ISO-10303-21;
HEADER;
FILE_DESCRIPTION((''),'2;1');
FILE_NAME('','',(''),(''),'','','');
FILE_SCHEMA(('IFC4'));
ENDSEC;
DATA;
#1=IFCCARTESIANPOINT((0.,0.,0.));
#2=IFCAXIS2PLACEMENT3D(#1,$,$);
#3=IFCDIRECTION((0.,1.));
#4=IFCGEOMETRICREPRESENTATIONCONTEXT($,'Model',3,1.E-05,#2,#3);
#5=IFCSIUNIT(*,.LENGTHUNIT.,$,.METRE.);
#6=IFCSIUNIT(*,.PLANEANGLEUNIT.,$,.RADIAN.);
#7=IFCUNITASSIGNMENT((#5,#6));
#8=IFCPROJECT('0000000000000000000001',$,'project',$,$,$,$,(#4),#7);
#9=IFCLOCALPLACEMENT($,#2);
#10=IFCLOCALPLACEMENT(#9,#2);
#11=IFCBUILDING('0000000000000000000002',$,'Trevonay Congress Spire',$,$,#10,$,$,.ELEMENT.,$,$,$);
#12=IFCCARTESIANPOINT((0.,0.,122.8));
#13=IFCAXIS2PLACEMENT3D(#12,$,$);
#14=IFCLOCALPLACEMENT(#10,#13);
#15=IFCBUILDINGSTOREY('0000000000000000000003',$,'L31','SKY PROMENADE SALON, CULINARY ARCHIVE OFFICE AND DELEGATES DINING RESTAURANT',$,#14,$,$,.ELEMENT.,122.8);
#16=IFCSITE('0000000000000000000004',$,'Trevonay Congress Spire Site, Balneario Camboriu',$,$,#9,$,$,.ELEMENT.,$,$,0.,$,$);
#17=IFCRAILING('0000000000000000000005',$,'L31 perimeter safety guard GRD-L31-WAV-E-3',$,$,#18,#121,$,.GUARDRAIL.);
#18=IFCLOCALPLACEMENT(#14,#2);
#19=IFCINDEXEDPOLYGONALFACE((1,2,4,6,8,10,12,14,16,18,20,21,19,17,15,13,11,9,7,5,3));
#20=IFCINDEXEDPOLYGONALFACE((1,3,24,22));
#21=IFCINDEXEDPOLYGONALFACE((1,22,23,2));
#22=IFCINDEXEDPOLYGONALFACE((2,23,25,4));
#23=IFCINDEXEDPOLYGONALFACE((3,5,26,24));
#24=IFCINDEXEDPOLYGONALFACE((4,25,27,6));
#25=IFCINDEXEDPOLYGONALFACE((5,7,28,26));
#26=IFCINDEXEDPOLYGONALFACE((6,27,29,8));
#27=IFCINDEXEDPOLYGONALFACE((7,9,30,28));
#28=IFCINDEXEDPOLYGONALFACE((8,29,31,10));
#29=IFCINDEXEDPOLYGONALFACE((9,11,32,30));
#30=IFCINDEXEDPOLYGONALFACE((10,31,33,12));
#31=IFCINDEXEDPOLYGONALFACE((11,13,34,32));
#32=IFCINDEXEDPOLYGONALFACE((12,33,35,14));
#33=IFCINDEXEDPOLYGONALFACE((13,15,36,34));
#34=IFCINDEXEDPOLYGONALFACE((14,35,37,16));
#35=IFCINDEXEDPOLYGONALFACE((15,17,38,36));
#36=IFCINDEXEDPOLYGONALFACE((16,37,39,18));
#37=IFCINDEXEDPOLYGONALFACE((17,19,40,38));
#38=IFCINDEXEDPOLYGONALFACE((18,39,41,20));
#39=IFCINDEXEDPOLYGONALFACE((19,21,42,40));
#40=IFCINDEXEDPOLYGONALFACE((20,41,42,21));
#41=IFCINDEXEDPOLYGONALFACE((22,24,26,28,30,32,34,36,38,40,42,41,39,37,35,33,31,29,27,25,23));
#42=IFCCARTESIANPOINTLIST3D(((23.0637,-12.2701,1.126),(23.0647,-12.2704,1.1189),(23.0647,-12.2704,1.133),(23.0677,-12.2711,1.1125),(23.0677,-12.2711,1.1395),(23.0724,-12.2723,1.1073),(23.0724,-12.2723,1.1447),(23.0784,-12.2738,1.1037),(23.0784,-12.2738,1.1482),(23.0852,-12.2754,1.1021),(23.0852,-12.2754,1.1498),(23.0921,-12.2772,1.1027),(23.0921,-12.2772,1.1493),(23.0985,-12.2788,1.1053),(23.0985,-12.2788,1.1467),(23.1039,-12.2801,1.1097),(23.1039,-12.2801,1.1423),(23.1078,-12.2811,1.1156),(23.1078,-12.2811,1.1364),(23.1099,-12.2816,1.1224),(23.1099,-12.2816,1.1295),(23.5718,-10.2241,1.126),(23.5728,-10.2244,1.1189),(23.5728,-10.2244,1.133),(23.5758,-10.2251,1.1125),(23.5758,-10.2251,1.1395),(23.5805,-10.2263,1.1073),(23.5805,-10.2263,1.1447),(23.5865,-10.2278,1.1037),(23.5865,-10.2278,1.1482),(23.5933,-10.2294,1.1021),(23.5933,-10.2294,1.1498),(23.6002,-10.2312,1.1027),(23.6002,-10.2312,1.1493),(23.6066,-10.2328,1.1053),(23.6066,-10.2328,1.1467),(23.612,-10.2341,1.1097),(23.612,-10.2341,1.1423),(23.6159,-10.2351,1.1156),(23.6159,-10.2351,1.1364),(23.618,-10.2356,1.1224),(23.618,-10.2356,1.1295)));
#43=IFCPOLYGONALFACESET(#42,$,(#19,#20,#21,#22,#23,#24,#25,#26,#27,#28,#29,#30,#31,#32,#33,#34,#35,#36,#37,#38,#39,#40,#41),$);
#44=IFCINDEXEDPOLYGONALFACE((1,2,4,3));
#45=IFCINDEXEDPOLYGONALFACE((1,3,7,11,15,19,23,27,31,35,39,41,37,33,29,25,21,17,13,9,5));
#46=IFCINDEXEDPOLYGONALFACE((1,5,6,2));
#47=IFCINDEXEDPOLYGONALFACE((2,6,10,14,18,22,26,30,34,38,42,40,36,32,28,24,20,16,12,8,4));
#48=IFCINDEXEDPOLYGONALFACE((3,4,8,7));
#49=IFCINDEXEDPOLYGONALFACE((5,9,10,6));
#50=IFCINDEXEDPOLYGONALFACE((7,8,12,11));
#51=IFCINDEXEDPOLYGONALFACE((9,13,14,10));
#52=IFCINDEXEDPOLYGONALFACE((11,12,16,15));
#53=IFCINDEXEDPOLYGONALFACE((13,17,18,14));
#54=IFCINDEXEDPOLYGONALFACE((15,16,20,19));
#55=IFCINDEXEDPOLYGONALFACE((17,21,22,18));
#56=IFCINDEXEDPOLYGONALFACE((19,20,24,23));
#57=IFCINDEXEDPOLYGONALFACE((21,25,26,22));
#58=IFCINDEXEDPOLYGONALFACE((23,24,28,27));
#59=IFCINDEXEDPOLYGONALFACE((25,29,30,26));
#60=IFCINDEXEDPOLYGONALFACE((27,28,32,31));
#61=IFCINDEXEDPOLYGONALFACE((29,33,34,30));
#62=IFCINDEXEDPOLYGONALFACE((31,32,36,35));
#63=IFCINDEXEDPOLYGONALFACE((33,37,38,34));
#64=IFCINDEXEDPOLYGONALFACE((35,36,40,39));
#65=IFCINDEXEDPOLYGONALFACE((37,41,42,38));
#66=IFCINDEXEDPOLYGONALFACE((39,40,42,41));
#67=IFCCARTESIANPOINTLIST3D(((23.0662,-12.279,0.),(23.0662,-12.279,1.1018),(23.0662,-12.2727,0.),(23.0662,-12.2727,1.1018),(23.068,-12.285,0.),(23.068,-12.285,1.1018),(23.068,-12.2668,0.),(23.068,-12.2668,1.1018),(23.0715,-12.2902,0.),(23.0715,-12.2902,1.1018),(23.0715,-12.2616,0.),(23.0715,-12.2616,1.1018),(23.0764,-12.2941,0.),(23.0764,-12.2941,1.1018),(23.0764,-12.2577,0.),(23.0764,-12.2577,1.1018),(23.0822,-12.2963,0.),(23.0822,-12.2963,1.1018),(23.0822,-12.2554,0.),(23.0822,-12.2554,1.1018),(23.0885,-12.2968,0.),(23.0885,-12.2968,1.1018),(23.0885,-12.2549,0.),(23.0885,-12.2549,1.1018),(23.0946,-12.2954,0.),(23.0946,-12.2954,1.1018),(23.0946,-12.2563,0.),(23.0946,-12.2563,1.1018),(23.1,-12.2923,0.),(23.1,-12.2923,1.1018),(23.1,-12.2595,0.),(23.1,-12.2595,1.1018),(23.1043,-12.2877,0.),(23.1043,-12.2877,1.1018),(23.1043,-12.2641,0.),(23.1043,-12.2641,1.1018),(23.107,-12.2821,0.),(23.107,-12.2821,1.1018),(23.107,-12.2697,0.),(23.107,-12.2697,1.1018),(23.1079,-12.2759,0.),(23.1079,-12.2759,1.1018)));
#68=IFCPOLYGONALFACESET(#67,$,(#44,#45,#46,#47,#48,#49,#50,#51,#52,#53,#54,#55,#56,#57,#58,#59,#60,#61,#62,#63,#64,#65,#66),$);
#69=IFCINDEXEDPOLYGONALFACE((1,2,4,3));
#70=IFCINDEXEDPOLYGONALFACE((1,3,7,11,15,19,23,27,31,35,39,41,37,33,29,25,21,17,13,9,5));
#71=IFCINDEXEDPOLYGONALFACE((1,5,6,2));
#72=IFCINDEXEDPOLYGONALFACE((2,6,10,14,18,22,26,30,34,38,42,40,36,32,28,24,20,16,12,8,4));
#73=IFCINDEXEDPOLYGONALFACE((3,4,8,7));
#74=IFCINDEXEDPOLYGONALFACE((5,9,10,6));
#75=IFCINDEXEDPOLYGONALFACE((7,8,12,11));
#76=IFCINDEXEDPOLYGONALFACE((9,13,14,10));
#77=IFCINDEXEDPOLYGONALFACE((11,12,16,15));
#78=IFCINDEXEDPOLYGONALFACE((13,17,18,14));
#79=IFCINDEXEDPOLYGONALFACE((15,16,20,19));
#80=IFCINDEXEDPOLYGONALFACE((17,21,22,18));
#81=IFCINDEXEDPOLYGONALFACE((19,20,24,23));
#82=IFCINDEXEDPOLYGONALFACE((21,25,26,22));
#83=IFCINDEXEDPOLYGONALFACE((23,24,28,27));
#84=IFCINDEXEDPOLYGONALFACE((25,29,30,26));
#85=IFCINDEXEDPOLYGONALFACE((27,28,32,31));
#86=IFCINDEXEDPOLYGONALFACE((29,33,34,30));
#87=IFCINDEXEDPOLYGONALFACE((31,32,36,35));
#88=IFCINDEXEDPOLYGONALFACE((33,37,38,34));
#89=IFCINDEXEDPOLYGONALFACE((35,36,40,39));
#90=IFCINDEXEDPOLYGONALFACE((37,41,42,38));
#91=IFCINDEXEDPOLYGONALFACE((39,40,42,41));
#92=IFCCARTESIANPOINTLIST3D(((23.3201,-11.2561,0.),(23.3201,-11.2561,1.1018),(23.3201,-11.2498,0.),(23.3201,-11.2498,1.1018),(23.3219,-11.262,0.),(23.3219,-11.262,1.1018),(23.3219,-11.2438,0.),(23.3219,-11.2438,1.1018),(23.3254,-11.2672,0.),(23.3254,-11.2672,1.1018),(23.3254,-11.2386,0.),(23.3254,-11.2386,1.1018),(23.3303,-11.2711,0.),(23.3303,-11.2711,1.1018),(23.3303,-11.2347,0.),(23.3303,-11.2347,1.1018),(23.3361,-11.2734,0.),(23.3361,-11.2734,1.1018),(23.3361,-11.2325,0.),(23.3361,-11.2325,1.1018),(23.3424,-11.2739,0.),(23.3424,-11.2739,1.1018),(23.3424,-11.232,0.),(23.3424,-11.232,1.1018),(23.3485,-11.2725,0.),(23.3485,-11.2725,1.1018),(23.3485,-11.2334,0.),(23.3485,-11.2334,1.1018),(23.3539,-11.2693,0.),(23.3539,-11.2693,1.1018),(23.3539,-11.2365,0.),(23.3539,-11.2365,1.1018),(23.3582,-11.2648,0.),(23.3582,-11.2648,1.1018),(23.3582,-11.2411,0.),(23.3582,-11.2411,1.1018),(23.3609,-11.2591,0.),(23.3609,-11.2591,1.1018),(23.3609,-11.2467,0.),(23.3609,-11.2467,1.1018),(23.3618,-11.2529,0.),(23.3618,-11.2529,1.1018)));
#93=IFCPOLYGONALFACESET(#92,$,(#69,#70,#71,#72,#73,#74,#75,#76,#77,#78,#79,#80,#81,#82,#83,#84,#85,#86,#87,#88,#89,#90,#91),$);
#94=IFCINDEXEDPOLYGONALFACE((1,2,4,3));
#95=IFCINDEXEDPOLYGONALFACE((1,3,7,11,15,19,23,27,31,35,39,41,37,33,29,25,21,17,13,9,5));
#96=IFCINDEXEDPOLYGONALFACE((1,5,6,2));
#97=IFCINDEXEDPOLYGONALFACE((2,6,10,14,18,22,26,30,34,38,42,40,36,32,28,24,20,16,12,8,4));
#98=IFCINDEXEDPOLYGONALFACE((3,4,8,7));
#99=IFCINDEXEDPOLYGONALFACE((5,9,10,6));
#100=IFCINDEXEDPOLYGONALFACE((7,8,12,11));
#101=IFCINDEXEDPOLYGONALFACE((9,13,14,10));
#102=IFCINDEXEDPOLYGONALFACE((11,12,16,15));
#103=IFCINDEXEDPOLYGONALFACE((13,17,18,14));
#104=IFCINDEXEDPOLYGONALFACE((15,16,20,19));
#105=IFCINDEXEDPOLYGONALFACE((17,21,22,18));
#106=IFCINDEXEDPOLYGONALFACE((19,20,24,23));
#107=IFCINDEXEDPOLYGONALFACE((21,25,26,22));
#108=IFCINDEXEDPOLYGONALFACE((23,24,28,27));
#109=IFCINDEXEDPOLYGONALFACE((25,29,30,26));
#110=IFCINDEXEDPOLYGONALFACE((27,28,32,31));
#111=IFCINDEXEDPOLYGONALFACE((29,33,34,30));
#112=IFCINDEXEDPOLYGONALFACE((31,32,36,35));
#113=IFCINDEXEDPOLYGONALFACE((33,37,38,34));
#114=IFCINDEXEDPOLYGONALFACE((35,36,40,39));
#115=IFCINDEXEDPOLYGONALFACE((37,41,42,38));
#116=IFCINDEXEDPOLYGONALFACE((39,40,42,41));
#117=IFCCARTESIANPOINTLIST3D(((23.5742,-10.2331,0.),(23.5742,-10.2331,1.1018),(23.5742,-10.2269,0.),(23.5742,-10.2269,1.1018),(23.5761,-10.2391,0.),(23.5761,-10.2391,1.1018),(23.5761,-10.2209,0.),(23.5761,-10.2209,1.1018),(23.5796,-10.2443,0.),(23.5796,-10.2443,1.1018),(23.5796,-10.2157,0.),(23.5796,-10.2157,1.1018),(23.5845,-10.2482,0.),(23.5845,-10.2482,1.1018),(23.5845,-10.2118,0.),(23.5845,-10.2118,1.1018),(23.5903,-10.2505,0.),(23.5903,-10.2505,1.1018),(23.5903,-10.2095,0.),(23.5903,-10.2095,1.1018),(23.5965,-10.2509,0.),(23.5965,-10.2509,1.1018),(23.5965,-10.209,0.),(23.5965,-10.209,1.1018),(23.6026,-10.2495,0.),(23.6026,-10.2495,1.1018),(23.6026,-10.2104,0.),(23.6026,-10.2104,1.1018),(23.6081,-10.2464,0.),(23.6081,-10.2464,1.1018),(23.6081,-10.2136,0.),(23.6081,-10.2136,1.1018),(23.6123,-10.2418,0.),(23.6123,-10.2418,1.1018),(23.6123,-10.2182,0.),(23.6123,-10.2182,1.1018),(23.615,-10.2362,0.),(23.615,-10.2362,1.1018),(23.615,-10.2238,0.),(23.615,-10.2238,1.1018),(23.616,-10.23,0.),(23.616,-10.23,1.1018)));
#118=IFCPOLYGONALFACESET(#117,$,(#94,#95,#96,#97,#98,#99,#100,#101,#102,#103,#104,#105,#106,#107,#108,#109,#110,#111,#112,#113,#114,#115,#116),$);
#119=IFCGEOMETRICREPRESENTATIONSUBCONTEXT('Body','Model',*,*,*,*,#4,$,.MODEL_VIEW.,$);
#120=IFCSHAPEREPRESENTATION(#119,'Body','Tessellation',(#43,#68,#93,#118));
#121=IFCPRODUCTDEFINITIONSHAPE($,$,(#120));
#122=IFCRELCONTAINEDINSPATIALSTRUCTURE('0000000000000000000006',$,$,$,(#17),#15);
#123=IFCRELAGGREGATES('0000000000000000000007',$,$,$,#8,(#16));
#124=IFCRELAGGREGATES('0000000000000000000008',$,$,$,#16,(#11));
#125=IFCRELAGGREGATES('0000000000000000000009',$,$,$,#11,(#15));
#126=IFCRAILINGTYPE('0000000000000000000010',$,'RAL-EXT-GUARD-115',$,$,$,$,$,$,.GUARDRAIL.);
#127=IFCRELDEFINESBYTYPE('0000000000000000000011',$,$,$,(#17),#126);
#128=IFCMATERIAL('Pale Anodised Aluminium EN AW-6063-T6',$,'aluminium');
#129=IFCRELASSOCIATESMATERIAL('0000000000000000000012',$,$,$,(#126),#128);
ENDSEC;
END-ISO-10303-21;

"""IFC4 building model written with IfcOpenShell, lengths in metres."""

from ifc_helpers import new_model, si_unit, direction, frame, origin, origin_2d, place, context, subcontext, project, spatial, circle, extrude, material, type_object, element, save


model = new_model("IFC4")

# Units and contexts
model_context = context("Model", 3, precision=1e-05, world=origin(), true_north=direction((0.0, 1.0)))
body_context = subcontext(model_context, "Body", "Model", "MODEL_VIEW")
ifc_project = project(units=[si_unit("LENGTHUNIT", "METRE"), si_unit("PLANEANGLEUNIT", "RADIAN")], contexts=[model_context])

# Site, building, storey
site_placement = place(None, origin())
site = spatial("IfcSite", under=ifc_project, at=site_placement, Name="Trevonay Congress Spire Site, Balneario Camboriu", CompositionType="ELEMENT", RefElevation=0.0)
building_placement = place(site_placement, origin())
building = spatial("IfcBuilding", under=site, at=building_placement, Name="Trevonay Congress Spire", CompositionType="ELEMENT")
storey_placement = place(building_placement, frame((0.0, 0.0, 122.8)))
storey = spatial("IfcBuildingStorey", under=building, at=storey_placement, Name="L31", Description="SKY PROMENADE SALON, CULINARY ARCHIVE OFFICE AND DELEGATES DINING RESTAURANT", CompositionType="ELEMENT", Elevation=122.8)

# Shared definitions
ifc_material_1 = material(Name="Pale Anodised Aluminium EN AW-6063-T6", Category="aluminium")

# Railing
railing_type = type_object("IfcRailingType", Name="RAL-EXT-GUARD-115", PredefinedType="GUARDRAIL", material=ifc_material_1)
railing_1_placement = place(storey_placement, frame((23.0869, -12.2759, 0.0)))
element("IfcRailing", 1, at=railing_1_placement, inside=storey, type_object=railing_type, Name="L31 perimeter safety guard GRD-L31-WAV-E-3", PredefinedType="GUARDRAIL", context=body_context, shape_type="SweptSolid", body=[
    extrude(circle(Radius=0.0239, at=origin_2d()), frame((0.0, 0.0, 1.126), z_axis=(0.241009, 0.970523, 0.0), x_axis=(-0.970523, 0.241009, 0.0)), (0.0, 0.0, 1.0), 2.1082),
    extrude(circle(Radius=0.021, at=origin_2d()), origin(), (0.0, 0.0, 1.0), 1.1018),
    extrude(circle(Radius=0.021, at=origin_2d()), frame((0.2539, 1.0229, 0.0)), (0.0, 0.0, 1.0), 1.1018),
    extrude(circle(Radius=0.021, at=origin_2d()), frame((0.5081, 2.0459, 0.0)), (0.0, 0.0, 1.0), 1.1018),
])

save(model, "model.ifc")
